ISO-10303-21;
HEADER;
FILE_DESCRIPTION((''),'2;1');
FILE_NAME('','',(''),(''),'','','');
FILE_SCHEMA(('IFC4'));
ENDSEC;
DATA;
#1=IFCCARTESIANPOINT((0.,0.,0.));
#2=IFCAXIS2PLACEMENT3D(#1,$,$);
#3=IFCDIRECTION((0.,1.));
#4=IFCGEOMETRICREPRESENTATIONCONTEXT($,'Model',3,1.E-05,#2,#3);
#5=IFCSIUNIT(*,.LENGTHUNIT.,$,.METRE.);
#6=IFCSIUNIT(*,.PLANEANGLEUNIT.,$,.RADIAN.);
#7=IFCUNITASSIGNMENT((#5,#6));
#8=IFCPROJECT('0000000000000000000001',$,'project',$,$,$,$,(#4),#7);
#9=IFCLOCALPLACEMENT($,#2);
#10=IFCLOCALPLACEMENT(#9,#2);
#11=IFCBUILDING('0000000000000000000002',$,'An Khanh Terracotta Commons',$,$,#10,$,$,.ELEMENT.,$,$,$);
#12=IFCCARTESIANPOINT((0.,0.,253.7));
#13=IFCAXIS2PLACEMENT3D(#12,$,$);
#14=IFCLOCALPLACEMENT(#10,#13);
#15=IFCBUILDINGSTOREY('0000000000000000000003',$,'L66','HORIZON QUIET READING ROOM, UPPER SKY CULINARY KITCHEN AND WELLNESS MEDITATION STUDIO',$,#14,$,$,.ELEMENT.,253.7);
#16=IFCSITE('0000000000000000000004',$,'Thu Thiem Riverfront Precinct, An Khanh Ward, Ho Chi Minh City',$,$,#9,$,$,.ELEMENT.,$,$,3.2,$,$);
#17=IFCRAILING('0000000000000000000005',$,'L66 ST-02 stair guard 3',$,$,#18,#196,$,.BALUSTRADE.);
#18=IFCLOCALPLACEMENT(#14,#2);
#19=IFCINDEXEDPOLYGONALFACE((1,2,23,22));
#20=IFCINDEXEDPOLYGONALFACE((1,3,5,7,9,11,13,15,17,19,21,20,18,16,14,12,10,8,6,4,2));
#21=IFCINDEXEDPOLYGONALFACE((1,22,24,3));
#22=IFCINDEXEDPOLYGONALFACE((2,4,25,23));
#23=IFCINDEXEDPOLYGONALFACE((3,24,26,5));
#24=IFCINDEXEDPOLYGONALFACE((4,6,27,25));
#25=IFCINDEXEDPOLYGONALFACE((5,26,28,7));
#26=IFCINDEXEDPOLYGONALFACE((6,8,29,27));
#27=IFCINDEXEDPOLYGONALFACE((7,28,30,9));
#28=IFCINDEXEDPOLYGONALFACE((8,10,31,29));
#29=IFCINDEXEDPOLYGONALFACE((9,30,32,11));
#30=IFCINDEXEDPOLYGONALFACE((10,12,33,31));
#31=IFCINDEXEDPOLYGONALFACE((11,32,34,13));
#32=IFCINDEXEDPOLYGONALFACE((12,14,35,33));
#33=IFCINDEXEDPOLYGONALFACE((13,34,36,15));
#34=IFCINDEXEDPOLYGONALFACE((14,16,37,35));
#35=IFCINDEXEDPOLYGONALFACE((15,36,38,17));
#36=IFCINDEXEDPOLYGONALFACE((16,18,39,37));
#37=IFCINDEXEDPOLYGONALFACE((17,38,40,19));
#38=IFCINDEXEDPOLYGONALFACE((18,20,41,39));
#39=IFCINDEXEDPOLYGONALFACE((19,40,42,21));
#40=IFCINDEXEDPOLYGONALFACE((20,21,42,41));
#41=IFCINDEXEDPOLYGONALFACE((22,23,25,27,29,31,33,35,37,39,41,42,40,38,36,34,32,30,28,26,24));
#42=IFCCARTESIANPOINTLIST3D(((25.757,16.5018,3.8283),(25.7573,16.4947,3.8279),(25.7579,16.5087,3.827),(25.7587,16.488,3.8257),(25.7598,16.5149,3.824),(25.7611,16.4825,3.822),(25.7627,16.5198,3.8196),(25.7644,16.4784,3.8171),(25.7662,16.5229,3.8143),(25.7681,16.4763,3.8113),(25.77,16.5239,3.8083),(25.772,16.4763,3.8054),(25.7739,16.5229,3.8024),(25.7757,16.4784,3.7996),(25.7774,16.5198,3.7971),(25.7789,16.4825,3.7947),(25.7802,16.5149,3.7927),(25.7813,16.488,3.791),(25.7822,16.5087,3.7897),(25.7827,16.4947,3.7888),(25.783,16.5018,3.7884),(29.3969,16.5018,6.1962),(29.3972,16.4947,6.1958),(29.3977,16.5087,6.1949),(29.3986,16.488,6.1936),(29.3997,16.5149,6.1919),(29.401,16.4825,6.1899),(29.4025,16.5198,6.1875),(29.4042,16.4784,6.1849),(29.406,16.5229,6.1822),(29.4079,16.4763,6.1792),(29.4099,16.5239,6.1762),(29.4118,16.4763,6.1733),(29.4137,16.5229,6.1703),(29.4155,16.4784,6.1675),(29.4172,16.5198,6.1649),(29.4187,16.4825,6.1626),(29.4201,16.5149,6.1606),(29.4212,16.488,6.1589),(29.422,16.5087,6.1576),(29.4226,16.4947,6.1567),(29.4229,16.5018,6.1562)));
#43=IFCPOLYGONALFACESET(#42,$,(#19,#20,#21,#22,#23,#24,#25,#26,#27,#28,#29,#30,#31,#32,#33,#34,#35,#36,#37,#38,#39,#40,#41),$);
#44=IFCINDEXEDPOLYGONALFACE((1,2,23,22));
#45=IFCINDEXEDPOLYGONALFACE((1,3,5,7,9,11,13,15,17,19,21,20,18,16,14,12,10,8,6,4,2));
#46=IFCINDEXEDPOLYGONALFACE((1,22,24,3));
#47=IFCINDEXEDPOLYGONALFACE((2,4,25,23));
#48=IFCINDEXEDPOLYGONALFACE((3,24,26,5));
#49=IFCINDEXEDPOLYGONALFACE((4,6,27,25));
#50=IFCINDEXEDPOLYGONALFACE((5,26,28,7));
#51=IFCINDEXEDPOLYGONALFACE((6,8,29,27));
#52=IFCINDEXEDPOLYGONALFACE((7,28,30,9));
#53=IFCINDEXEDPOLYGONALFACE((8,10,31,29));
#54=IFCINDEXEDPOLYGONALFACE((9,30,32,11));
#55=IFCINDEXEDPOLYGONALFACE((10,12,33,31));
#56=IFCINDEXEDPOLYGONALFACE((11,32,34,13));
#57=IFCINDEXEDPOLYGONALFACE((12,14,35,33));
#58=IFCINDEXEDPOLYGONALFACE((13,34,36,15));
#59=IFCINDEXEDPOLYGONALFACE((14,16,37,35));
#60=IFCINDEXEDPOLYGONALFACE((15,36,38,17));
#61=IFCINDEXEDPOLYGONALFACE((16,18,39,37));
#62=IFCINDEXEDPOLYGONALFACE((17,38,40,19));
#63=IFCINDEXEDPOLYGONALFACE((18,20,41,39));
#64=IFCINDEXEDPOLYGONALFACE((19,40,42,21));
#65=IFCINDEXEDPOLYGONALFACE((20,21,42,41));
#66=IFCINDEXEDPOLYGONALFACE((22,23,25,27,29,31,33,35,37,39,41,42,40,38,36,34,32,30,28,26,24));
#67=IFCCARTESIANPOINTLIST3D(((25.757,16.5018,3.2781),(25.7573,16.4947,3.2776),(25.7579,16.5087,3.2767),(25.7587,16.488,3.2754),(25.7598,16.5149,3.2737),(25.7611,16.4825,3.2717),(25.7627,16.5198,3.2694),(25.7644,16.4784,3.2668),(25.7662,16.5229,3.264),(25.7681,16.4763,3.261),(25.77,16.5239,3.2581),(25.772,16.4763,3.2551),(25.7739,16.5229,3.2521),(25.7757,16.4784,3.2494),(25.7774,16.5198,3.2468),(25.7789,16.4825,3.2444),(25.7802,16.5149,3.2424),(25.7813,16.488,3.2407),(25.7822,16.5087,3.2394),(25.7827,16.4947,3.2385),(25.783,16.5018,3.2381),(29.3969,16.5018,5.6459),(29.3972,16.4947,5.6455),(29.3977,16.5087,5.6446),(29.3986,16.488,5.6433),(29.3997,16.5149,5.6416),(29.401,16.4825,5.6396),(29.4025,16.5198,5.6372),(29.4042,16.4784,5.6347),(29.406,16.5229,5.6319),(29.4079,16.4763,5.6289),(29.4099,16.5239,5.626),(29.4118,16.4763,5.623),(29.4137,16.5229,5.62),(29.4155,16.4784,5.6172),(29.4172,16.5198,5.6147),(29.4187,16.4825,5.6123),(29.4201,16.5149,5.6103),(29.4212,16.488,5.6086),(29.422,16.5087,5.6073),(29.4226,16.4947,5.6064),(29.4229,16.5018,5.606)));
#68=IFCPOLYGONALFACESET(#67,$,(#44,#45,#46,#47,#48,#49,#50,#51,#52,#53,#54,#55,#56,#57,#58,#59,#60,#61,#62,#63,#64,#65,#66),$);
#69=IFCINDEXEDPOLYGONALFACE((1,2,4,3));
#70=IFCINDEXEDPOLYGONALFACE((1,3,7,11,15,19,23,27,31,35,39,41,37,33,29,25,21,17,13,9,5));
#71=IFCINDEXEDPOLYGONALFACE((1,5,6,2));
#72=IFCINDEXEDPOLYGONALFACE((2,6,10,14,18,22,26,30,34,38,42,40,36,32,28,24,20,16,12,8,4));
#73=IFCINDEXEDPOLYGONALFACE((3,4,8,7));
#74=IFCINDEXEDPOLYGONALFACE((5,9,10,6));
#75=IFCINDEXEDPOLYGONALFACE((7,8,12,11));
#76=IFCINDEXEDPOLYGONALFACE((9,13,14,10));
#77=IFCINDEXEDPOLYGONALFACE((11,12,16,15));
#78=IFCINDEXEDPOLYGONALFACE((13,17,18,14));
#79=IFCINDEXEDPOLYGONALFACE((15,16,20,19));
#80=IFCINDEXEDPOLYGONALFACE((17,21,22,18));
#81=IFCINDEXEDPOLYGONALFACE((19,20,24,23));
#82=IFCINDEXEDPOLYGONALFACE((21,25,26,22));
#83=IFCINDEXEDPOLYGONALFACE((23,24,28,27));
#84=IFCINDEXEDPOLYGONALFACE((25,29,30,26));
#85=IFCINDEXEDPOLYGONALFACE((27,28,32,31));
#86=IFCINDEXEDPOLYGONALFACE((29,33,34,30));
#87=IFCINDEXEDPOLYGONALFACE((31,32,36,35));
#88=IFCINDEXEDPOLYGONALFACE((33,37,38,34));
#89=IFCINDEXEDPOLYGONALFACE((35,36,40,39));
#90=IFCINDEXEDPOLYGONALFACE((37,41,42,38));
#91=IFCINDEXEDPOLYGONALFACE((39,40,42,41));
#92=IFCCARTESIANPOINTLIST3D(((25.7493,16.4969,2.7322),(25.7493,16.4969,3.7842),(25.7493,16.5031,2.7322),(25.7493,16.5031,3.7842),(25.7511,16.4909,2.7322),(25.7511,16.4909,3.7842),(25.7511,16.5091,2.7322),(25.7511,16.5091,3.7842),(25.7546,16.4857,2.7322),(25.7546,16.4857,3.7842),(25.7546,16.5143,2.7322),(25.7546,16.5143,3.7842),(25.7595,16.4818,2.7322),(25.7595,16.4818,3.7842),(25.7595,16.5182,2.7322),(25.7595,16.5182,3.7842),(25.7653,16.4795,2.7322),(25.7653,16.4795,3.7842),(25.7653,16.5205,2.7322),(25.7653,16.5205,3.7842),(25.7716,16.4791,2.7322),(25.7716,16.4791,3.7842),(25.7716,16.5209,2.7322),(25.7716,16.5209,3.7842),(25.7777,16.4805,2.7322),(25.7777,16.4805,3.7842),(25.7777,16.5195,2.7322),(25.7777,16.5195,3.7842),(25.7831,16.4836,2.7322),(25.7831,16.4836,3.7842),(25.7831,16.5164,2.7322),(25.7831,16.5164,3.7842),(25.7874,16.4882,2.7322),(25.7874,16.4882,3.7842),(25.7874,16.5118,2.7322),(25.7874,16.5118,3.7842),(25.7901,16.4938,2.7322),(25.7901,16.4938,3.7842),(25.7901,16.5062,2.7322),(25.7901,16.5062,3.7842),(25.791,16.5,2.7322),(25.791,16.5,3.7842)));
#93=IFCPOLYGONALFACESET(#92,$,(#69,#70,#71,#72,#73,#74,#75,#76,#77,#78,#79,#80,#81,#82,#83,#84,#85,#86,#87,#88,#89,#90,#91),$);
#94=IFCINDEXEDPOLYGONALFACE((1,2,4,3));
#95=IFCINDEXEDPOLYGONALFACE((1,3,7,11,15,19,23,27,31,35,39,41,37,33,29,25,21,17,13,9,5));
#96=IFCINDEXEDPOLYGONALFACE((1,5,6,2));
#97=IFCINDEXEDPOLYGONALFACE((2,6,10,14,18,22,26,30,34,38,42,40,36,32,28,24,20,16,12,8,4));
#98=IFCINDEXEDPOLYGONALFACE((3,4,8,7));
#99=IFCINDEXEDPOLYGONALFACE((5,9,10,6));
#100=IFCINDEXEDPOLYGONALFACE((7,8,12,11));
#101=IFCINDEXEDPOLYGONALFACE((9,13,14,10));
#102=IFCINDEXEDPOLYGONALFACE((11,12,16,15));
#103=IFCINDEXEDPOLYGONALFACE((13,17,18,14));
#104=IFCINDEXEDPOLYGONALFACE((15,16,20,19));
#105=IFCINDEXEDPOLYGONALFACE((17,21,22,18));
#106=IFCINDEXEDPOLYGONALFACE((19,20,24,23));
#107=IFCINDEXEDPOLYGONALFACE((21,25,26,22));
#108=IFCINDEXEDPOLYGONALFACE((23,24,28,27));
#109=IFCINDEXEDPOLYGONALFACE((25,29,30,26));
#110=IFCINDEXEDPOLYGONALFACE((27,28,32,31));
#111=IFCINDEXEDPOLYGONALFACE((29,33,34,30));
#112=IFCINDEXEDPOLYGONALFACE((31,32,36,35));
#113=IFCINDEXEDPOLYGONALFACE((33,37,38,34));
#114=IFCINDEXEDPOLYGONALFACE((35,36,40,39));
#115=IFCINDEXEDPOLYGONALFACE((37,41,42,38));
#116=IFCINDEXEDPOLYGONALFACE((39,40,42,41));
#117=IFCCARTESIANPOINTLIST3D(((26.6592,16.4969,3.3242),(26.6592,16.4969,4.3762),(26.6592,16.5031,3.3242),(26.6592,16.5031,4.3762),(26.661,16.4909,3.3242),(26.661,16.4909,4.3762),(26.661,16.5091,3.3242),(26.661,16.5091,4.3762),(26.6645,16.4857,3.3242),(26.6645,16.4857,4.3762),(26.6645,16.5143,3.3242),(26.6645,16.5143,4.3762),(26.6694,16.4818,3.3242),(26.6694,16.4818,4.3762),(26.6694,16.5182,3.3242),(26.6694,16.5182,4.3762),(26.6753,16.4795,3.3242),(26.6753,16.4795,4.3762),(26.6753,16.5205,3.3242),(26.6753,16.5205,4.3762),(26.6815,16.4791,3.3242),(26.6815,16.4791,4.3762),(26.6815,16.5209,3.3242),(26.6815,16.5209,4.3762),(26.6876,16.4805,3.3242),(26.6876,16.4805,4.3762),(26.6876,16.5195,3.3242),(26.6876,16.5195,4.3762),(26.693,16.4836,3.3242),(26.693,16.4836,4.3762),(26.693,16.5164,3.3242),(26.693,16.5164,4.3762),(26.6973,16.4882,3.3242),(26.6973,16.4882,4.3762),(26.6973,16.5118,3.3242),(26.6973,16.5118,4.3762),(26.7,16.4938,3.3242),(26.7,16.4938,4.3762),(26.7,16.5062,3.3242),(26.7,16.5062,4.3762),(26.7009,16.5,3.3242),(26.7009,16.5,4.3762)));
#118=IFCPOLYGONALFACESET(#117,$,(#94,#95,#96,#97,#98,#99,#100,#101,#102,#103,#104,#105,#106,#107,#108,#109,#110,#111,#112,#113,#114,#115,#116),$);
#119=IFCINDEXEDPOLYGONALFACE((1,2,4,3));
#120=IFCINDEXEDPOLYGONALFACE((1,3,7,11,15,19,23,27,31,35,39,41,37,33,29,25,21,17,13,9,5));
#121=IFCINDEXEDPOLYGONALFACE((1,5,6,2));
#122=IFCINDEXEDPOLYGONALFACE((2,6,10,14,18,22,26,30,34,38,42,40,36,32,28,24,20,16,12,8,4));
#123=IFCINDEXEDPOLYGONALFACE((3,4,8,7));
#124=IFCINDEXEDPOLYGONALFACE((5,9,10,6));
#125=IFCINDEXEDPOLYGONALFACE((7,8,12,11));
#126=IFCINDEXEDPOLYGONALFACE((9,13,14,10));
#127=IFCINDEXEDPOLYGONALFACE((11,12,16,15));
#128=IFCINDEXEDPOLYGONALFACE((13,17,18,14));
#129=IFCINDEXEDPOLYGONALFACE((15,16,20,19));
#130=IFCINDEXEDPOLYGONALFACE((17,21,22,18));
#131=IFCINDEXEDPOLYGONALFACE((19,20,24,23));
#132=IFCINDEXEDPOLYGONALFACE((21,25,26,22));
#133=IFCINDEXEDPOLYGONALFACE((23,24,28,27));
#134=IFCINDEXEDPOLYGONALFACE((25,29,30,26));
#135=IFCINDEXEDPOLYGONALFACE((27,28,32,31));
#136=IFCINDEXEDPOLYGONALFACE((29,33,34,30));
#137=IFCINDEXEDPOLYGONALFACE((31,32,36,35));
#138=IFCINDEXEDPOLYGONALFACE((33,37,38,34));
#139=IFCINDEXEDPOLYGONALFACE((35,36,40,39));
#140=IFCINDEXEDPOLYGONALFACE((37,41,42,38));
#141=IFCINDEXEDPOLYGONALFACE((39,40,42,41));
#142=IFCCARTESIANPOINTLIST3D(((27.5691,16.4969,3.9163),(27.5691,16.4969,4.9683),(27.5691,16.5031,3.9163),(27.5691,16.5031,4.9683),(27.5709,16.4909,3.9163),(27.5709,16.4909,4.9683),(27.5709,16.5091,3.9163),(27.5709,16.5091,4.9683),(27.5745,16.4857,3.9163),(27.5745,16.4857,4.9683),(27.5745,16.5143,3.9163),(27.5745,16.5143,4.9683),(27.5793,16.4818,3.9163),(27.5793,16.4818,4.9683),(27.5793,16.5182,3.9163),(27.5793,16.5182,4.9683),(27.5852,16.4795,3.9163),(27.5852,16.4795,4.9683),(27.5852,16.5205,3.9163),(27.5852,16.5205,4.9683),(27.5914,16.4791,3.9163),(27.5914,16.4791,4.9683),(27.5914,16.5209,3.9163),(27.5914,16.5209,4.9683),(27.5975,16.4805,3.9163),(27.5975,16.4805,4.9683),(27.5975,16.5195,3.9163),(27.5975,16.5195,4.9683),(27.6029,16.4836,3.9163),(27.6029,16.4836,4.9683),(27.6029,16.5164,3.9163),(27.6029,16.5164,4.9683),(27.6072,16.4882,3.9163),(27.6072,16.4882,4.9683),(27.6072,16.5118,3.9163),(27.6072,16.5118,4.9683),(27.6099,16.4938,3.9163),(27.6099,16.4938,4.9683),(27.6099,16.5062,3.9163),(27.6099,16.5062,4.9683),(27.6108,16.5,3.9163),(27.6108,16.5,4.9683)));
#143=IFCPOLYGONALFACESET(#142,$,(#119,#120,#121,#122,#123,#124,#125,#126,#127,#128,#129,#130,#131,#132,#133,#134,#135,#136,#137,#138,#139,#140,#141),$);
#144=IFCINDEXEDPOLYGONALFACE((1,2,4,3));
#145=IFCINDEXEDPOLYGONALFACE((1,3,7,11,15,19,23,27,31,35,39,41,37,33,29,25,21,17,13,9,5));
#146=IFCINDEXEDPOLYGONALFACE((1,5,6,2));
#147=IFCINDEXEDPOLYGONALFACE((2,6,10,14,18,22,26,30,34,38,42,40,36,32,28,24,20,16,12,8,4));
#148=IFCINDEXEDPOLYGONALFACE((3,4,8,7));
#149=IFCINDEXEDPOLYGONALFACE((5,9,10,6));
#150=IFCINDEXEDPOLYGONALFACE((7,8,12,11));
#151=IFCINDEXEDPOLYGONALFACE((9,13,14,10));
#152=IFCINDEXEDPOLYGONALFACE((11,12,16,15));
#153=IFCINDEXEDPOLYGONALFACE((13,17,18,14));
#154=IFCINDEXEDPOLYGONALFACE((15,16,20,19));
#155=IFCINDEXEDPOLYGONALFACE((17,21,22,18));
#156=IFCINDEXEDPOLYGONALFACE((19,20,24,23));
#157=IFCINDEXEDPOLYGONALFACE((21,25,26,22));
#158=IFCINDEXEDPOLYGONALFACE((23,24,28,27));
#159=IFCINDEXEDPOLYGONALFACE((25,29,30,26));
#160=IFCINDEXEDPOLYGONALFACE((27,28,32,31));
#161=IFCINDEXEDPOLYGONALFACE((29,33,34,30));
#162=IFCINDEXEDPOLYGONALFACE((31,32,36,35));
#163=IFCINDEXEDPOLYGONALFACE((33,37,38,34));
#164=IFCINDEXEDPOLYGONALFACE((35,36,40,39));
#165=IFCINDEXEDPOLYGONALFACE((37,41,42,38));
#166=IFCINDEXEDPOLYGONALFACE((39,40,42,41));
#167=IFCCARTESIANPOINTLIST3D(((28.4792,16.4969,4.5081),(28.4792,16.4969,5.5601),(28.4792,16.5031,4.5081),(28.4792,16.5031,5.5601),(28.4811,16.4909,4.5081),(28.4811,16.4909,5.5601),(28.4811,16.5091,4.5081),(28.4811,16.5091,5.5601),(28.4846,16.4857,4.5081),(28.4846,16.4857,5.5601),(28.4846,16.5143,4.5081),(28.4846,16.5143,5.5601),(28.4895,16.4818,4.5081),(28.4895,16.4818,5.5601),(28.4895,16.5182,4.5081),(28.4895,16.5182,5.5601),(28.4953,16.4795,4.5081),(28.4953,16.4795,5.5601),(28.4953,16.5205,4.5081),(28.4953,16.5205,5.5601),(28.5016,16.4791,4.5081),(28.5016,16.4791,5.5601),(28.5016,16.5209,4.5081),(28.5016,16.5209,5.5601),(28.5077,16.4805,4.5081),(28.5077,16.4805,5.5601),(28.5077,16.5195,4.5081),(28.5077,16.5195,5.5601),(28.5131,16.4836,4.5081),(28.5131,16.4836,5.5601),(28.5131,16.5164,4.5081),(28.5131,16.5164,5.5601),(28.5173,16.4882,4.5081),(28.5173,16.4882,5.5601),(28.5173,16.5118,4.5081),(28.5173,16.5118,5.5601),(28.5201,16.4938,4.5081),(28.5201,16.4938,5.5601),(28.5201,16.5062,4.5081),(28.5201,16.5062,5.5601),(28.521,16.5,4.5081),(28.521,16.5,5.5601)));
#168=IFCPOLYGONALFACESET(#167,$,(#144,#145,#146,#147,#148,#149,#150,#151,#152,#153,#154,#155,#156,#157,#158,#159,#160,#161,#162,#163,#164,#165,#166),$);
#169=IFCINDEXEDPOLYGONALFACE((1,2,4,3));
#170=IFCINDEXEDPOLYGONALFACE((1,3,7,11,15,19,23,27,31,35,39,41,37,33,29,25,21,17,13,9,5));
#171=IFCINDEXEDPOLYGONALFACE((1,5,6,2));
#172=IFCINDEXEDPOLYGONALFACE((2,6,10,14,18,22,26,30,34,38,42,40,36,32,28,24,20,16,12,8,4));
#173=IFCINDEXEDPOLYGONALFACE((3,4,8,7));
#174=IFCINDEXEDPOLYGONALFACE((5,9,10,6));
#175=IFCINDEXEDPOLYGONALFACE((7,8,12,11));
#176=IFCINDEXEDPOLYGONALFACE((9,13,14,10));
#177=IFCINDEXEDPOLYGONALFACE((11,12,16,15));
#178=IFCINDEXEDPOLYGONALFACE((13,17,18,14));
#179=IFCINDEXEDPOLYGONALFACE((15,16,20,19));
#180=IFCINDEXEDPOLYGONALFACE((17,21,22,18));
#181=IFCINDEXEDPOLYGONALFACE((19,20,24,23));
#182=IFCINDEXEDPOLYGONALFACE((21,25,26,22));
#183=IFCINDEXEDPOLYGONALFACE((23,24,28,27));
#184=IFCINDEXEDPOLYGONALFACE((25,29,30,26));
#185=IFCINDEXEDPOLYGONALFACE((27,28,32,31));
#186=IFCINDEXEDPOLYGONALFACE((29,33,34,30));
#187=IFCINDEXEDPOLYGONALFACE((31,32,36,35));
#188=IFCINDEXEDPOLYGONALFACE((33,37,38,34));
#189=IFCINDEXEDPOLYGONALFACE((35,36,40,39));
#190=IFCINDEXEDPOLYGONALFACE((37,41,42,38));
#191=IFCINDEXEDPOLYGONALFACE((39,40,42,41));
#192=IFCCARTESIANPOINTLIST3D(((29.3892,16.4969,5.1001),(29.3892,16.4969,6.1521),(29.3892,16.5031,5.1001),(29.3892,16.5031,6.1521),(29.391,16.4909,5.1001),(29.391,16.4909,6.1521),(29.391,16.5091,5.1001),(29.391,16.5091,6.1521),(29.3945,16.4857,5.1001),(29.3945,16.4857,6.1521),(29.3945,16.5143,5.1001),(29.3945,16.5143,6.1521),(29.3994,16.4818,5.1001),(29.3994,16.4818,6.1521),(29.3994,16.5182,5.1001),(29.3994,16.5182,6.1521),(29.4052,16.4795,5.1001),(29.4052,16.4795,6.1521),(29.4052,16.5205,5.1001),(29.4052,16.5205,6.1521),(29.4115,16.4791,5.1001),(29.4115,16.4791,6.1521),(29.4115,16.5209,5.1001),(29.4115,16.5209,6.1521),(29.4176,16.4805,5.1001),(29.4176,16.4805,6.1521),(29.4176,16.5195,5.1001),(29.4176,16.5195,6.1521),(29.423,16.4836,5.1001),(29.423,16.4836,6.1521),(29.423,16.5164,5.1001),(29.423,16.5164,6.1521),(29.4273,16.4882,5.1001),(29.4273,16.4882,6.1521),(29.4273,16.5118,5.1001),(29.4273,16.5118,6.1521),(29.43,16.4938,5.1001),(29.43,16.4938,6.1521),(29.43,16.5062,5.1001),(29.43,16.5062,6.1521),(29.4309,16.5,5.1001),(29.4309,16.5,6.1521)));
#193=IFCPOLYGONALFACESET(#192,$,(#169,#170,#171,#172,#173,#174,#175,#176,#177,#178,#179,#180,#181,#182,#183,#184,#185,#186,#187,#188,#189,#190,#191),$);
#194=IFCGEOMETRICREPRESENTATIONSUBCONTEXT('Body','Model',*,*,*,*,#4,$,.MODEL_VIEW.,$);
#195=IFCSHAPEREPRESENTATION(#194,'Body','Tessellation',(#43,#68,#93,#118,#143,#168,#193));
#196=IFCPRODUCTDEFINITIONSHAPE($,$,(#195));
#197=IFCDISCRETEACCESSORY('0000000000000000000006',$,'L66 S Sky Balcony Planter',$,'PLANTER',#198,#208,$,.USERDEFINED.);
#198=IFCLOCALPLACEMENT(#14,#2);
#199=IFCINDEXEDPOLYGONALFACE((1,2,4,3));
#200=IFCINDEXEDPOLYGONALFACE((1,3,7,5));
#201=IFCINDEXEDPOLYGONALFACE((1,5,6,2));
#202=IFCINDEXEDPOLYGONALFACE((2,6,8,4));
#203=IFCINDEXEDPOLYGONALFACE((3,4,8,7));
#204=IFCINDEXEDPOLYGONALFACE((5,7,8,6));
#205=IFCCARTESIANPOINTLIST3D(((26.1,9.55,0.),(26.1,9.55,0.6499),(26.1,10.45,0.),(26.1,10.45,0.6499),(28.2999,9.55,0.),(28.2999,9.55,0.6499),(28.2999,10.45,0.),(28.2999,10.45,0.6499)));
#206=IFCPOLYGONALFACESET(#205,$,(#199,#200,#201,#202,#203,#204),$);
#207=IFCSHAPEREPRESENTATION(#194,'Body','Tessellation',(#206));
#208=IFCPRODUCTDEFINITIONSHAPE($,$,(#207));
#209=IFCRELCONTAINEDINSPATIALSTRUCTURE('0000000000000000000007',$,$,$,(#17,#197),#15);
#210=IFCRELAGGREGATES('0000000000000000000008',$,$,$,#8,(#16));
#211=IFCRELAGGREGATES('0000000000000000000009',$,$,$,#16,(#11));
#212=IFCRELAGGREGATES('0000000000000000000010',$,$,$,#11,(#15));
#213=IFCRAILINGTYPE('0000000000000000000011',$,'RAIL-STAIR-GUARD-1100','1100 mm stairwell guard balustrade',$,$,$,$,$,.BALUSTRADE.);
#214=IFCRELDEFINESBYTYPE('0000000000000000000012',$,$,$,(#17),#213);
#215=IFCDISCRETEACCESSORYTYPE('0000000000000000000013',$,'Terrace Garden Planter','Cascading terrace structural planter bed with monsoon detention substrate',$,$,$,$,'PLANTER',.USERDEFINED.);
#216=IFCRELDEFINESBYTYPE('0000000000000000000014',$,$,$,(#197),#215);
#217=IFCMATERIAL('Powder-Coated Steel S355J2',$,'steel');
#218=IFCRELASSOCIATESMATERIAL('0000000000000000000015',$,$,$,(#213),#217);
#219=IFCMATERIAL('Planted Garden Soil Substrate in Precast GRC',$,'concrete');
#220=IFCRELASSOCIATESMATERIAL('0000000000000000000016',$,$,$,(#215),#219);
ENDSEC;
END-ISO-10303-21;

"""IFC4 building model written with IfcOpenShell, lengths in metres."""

from ifc_helpers import new_model, si_unit, direction, frame, origin, origin_2d, place, context, subcontext, project, spatial, rectangle, circle, extrude, material, type_object, element, save


model = new_model("IFC4")

# Units and contexts
model_context = context("Model", 3, precision=1e-05, world=origin(), true_north=direction((0.0, 1.0)))
body_context = subcontext(model_context, "Body", "Model", "MODEL_VIEW")
ifc_project = project(units=[si_unit("LENGTHUNIT", "METRE"), si_unit("PLANEANGLEUNIT", "RADIAN")], contexts=[model_context])

# Site, building, storey
site_placement = place(None, origin())
site = spatial("IfcSite", under=ifc_project, at=site_placement, Name="Thu Thiem Riverfront Precinct, An Khanh Ward, Ho Chi Minh City", CompositionType="ELEMENT", RefElevation=3.2)
building_placement = place(site_placement, origin())
building = spatial("IfcBuilding", under=site, at=building_placement, Name="An Khanh Terracotta Commons", CompositionType="ELEMENT")
storey_placement = place(building_placement, frame((0.0, 0.0, 253.7)))
storey = spatial("IfcBuildingStorey", under=building, at=storey_placement, Name="L66", Description="HORIZON QUIET READING ROOM, UPPER SKY CULINARY KITCHEN AND WELLNESS MEDITATION STUDIO", CompositionType="ELEMENT", Elevation=253.7)

# Railing
ifc_material_1 = material(Name="Powder-Coated Steel S355J2", Category="steel")
railing_type_1 = type_object("IfcRailingType", Name="RAIL-STAIR-GUARD-1100", Description="1100 mm stairwell guard balustrade", PredefinedType="BALUSTRADE", material=ifc_material_1)
railing_1_placement = place(storey_placement, frame((25.77, 16.5, 2.7322)))
element("IfcRailing", 1, at=railing_1_placement, inside=storey, type_object=railing_type_1, Name="L66 ST-02 stair guard 3", PredefinedType="BALUSTRADE", context=body_context, shape_type="SweptSolid", body=[
    extrude(circle(Radius=0.0239, at=origin_2d()), frame((0.0, 0.0, 1.0762), z_axis=(0.838234, 0.0, 0.54531), x_axis=(0.0, 1.0, 0.0)), (0.0, 0.0, 1.0), 4.3423),
    extrude(circle(Radius=0.0239, at=origin_2d()), frame((0.0, 0.0, 0.5259), z_axis=(0.838234, 0.0, 0.54531), x_axis=(0.0, 1.0, 0.0)), (0.0, 0.0, 1.0), 4.3423),
    extrude(circle(Radius=0.021, at=origin_2d()), origin(), (0.0, 0.0, 1.0), 1.052),
    extrude(circle(Radius=0.021, at=origin_2d()), frame((0.9099, 0.0, 0.592)), (0.0, 0.0, 1.0), 1.052),
    extrude(circle(Radius=0.021, at=origin_2d()), frame((1.8198, 0.0, 1.1841)), (0.0, 0.0, 1.0), 1.052),
    extrude(circle(Radius=0.021, at=origin_2d()), frame((2.73, 0.0, 1.7759)), (0.0, 0.0, 1.0), 1.052),
    extrude(circle(Radius=0.021, at=origin_2d()), frame((3.6399, 0.0, 2.3679)), (0.0, 0.0, 1.0), 1.052),
])

# Discrete accessory
ifc_material_2 = material(Name="Planted Garden Soil Substrate in Precast GRC", Category="concrete")
discrete_accessory_type = type_object("IfcDiscreteAccessoryType", Name="Terrace Garden Planter", Description="Cascading terrace structural planter bed with monsoon detention substrate", ElementType="PLANTER", PredefinedType="USERDEFINED", material=ifc_material_2)
discrete_accessory_placement = place(storey_placement, frame((27.2, 10.0, 0.0), z_axis=(0.0, 0.0, 1.0), x_axis=(1.0, 0.0, 0.0)))
element("IfcDiscreteAccessory", 2, at=discrete_accessory_placement, inside=storey, type_object=discrete_accessory_type, Name="L66 S Sky Balcony Planter", ObjectType="PLANTER", PredefinedType="USERDEFINED", context=body_context, shape_type="SweptSolid", body=[
    extrude(rectangle(XDim=2.2, YDim=0.8999, at=origin_2d()), origin(), (0.0, 0.0, 1.0), 0.6499),
])

save(model, "model.ifc")
